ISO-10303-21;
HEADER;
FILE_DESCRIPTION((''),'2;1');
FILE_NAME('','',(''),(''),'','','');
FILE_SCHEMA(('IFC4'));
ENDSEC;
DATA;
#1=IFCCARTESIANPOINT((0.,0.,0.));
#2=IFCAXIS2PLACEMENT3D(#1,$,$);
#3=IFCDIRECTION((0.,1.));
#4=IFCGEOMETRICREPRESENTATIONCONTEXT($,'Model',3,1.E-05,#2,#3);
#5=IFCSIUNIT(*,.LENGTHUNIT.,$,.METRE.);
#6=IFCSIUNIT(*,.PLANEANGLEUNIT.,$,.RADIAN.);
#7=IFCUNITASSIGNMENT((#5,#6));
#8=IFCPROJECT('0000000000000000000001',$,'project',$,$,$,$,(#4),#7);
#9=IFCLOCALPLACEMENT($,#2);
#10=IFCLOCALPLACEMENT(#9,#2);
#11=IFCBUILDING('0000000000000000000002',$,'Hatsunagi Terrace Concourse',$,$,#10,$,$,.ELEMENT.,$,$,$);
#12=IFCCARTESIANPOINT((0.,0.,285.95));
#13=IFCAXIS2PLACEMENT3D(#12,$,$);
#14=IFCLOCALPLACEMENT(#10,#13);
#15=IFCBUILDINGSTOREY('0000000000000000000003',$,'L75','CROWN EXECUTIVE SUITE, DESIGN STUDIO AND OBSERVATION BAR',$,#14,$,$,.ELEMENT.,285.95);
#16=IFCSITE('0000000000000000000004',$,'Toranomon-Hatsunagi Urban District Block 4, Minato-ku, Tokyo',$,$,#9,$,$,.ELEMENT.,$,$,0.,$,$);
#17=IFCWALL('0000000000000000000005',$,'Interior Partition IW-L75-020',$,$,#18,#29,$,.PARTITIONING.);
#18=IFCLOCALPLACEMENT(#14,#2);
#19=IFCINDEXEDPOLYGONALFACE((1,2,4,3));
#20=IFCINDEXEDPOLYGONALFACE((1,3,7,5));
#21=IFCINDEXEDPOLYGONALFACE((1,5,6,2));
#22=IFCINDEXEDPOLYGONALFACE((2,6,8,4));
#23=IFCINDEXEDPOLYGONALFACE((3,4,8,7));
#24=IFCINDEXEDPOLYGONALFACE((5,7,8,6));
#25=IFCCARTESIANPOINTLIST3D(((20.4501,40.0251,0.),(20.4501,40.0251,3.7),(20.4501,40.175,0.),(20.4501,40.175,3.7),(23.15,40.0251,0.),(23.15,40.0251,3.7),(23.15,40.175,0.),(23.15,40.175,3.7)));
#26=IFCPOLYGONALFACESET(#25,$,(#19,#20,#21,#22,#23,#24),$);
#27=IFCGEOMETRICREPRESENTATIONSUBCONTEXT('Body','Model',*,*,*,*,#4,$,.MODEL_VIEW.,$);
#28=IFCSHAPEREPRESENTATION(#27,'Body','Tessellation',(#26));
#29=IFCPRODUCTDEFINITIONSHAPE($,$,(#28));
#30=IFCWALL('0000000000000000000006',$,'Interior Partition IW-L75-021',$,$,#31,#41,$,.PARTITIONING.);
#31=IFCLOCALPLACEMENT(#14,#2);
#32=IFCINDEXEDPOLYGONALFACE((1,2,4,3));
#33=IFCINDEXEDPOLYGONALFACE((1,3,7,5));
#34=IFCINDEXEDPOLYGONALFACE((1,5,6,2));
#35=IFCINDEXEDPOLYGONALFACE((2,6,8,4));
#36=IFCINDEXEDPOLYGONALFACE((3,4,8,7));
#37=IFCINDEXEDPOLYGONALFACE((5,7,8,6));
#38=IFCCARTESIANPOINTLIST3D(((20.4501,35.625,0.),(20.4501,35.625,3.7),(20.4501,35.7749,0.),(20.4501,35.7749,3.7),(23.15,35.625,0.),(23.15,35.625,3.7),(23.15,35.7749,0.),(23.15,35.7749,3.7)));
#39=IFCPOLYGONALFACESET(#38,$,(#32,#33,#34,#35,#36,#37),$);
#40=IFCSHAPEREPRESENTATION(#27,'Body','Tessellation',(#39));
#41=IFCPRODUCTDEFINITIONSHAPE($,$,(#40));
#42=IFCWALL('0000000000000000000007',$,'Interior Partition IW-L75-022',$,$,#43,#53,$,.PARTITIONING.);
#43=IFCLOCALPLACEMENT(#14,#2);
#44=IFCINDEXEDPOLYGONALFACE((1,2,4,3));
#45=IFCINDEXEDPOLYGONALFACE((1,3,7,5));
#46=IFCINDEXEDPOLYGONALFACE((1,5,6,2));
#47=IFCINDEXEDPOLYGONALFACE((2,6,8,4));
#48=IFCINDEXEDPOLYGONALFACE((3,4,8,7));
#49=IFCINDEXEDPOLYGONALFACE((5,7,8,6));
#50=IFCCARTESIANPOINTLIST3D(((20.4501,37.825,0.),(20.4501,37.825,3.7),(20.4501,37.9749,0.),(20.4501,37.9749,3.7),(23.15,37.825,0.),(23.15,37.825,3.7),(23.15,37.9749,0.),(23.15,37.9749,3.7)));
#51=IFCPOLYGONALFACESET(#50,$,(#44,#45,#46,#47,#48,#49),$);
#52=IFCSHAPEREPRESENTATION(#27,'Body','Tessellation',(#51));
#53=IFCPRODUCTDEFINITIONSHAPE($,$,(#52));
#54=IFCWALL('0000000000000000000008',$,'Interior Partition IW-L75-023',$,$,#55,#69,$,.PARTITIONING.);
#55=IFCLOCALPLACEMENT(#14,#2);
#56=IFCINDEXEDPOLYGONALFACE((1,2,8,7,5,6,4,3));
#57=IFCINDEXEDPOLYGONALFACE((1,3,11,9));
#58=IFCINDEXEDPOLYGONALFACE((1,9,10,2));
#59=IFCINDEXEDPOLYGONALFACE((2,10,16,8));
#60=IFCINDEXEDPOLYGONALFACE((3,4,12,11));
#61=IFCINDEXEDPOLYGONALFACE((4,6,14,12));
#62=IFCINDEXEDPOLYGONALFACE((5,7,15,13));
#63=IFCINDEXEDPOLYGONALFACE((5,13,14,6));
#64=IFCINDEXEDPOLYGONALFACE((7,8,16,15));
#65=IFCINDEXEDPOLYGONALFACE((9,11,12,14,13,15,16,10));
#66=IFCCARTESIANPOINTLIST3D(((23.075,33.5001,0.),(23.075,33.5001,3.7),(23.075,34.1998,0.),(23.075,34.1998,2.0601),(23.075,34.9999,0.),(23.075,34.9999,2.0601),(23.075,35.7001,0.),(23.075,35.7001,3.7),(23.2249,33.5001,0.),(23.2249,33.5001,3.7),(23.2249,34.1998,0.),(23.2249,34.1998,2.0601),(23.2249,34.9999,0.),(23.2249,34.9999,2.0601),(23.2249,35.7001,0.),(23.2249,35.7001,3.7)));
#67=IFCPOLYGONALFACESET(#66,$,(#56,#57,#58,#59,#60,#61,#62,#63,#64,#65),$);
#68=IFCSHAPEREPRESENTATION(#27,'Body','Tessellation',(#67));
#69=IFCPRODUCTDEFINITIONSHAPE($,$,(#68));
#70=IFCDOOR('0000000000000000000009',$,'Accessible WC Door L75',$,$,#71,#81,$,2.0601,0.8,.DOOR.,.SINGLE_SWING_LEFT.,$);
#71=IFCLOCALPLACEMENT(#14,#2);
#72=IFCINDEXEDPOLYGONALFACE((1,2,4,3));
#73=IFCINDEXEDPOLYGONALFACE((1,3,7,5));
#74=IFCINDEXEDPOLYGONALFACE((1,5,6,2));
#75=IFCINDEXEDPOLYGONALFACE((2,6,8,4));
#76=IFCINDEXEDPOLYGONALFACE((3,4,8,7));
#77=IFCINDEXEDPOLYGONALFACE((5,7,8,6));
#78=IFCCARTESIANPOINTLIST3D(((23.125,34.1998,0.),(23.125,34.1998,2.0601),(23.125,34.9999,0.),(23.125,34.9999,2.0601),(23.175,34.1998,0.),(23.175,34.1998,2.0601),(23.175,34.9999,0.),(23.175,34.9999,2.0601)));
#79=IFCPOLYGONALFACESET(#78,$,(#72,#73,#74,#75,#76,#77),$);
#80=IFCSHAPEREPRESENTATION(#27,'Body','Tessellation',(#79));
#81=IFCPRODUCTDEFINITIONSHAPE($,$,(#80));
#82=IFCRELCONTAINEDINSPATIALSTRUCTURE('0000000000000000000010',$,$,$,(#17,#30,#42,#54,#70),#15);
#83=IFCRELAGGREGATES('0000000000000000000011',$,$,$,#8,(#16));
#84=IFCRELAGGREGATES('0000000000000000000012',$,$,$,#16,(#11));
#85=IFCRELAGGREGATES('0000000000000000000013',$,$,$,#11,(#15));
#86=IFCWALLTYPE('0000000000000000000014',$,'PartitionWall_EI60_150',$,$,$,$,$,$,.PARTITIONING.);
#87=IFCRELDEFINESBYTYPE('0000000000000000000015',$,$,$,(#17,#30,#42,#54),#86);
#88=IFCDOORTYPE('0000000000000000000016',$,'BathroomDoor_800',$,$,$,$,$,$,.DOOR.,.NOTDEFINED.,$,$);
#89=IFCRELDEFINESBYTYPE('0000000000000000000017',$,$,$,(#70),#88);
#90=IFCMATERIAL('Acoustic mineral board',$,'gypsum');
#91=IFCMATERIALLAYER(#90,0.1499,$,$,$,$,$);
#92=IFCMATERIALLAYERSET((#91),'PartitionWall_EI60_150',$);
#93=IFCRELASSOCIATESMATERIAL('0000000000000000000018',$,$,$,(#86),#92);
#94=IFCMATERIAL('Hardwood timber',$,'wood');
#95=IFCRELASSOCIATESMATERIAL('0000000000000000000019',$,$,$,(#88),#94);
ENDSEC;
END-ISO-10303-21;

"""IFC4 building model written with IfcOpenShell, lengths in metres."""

from ifc_helpers import new_model, si_unit, direction, frame, frame_2d, origin, place, context, subcontext, project, spatial, rectangle, extrude, material, layer, layer_set, type_object, element, fill, save


model = new_model("IFC4")

# Units and contexts
model_context = context("Model", 3, precision=1e-05, world=origin(), true_north=direction((0.0, 1.0)))
body_context = subcontext(model_context, "Body", "Model", "MODEL_VIEW")
ifc_project = project(units=[si_unit("LENGTHUNIT", "METRE"), si_unit("PLANEANGLEUNIT", "RADIAN")], contexts=[model_context])

# Site, building, storey
site_placement = place(None, origin())
site = spatial("IfcSite", under=ifc_project, at=site_placement, Name="Toranomon-Hatsunagi Urban District Block 4, Minato-ku, Tokyo", CompositionType="ELEMENT", RefElevation=0.0)
building_placement = place(site_placement, origin())
building = spatial("IfcBuilding", under=site, at=building_placement, Name="Hatsunagi Terrace Concourse", CompositionType="ELEMENT")
storey_placement = place(building_placement, frame((0.0, 0.0, 285.95)))
storey = spatial("IfcBuildingStorey", under=building, at=storey_placement, Name="L75", Description="CROWN EXECUTIVE SUITE, DESIGN STUDIO AND OBSERVATION BAR", CompositionType="ELEMENT", Elevation=285.95)

# Walls
ifc_material_1 = material(Name="Acoustic mineral board", Category="gypsum")
ifc_layer_1 = layer(ifc_material_1, 0.1499)
ifc_layer_set_1 = layer_set([ifc_layer_1], Name="PartitionWall_EI60_150")
wall_type = type_object("IfcWallType", Name="PartitionWall_EI60_150", PredefinedType="PARTITIONING", material=ifc_layer_set_1)
for number, where, z_axis, x_axis, name in (
    (1, (20.45, 40.1001, 0.0), (0.0, 0.0, 1.0), (1.0, 0.0, 0.0), "Interior Partition IW-L75-020"),
    (2, (20.45, 35.7, 0.0), (0.0, 0.0, 1.0), (1.0, 0.0, 0.0), "Interior Partition IW-L75-021"),
    (3, (20.45, 37.8999, 0.0), (0.0, 0.0, 1.0), (1.0, 0.0, 0.0), "Interior Partition IW-L75-022"),
):
    element("IfcWall", number, at=place(storey_placement, frame(where, z_axis=z_axis, x_axis=x_axis)), inside=storey, type_object=wall_type, Name=name, PredefinedType="PARTITIONING", context=body_context, shape_type="SweptSolid", body=[
        extrude(rectangle(XDim=2.7, YDim=0.1499, at=frame_2d((1.3501, 0.0))), origin(), (0.0, 0.0, 1.0), 3.7),
    ])

# Wall, opening, door
wall_placement = place(storey_placement, frame((23.1499, 33.5, 0.0), z_axis=(0.0, 0.0, 1.0), x_axis=(0.0, 1.0, 0.0)))
wall = element("IfcWall", 4, at=wall_placement, inside=storey, type_object=wall_type, Name="Interior Partition IW-L75-023", PredefinedType="PARTITIONING", context=body_context, shape_type="SweptSolid", body=[
    extrude(rectangle(XDim=2.2, YDim=0.1499, at=frame_2d((1.1001, 0.0))), origin(), (0.0, 0.0, 1.0), 3.7),
])
opening_placement = place(wall_placement, frame((0.7, 0.0, 0.0)))
opening = element("IfcOpeningElement", 5, at=opening_placement, cuts=wall, PredefinedType="OPENING", context=body_context, shape_type="SweptSolid", body=[
    extrude(rectangle(XDim=0.8, YDim=2.0601, at=frame_2d((0.3999, 1.03))), frame((0.0, 0.085, 0.0), z_axis=(0.0, -1.0, 0.0), x_axis=(1.0, 0.0, 0.0)), (0.0, 0.0, 1.0), 0.1699),
])
ifc_material_2 = material(Name="Hardwood timber", Category="wood")
door_type = type_object("IfcDoorType", Name="BathroomDoor_800", OperationType="NOTDEFINED", PredefinedType="DOOR", material=ifc_material_2)
door_placement = place(opening_placement, origin())
door = element("IfcDoor", 6, at=door_placement, inside=storey, type_object=door_type, Name="Accessible WC Door L75", OperationType="SINGLE_SWING_LEFT", OverallHeight=2.0601, OverallWidth=0.8, PredefinedType="DOOR", context=body_context, shape_type="SweptSolid", body=[
    extrude(rectangle(XDim=0.8, YDim=2.0601, at=frame_2d((0.3999, 1.03))), frame((0.0, 0.0249, 0.0), z_axis=(0.0, -1.0, 0.0), x_axis=(1.0, 0.0, 0.0)), (0.0, 0.0, 1.0), 0.05),
])
fill(opening, door)

save(model, "model.ifc")
